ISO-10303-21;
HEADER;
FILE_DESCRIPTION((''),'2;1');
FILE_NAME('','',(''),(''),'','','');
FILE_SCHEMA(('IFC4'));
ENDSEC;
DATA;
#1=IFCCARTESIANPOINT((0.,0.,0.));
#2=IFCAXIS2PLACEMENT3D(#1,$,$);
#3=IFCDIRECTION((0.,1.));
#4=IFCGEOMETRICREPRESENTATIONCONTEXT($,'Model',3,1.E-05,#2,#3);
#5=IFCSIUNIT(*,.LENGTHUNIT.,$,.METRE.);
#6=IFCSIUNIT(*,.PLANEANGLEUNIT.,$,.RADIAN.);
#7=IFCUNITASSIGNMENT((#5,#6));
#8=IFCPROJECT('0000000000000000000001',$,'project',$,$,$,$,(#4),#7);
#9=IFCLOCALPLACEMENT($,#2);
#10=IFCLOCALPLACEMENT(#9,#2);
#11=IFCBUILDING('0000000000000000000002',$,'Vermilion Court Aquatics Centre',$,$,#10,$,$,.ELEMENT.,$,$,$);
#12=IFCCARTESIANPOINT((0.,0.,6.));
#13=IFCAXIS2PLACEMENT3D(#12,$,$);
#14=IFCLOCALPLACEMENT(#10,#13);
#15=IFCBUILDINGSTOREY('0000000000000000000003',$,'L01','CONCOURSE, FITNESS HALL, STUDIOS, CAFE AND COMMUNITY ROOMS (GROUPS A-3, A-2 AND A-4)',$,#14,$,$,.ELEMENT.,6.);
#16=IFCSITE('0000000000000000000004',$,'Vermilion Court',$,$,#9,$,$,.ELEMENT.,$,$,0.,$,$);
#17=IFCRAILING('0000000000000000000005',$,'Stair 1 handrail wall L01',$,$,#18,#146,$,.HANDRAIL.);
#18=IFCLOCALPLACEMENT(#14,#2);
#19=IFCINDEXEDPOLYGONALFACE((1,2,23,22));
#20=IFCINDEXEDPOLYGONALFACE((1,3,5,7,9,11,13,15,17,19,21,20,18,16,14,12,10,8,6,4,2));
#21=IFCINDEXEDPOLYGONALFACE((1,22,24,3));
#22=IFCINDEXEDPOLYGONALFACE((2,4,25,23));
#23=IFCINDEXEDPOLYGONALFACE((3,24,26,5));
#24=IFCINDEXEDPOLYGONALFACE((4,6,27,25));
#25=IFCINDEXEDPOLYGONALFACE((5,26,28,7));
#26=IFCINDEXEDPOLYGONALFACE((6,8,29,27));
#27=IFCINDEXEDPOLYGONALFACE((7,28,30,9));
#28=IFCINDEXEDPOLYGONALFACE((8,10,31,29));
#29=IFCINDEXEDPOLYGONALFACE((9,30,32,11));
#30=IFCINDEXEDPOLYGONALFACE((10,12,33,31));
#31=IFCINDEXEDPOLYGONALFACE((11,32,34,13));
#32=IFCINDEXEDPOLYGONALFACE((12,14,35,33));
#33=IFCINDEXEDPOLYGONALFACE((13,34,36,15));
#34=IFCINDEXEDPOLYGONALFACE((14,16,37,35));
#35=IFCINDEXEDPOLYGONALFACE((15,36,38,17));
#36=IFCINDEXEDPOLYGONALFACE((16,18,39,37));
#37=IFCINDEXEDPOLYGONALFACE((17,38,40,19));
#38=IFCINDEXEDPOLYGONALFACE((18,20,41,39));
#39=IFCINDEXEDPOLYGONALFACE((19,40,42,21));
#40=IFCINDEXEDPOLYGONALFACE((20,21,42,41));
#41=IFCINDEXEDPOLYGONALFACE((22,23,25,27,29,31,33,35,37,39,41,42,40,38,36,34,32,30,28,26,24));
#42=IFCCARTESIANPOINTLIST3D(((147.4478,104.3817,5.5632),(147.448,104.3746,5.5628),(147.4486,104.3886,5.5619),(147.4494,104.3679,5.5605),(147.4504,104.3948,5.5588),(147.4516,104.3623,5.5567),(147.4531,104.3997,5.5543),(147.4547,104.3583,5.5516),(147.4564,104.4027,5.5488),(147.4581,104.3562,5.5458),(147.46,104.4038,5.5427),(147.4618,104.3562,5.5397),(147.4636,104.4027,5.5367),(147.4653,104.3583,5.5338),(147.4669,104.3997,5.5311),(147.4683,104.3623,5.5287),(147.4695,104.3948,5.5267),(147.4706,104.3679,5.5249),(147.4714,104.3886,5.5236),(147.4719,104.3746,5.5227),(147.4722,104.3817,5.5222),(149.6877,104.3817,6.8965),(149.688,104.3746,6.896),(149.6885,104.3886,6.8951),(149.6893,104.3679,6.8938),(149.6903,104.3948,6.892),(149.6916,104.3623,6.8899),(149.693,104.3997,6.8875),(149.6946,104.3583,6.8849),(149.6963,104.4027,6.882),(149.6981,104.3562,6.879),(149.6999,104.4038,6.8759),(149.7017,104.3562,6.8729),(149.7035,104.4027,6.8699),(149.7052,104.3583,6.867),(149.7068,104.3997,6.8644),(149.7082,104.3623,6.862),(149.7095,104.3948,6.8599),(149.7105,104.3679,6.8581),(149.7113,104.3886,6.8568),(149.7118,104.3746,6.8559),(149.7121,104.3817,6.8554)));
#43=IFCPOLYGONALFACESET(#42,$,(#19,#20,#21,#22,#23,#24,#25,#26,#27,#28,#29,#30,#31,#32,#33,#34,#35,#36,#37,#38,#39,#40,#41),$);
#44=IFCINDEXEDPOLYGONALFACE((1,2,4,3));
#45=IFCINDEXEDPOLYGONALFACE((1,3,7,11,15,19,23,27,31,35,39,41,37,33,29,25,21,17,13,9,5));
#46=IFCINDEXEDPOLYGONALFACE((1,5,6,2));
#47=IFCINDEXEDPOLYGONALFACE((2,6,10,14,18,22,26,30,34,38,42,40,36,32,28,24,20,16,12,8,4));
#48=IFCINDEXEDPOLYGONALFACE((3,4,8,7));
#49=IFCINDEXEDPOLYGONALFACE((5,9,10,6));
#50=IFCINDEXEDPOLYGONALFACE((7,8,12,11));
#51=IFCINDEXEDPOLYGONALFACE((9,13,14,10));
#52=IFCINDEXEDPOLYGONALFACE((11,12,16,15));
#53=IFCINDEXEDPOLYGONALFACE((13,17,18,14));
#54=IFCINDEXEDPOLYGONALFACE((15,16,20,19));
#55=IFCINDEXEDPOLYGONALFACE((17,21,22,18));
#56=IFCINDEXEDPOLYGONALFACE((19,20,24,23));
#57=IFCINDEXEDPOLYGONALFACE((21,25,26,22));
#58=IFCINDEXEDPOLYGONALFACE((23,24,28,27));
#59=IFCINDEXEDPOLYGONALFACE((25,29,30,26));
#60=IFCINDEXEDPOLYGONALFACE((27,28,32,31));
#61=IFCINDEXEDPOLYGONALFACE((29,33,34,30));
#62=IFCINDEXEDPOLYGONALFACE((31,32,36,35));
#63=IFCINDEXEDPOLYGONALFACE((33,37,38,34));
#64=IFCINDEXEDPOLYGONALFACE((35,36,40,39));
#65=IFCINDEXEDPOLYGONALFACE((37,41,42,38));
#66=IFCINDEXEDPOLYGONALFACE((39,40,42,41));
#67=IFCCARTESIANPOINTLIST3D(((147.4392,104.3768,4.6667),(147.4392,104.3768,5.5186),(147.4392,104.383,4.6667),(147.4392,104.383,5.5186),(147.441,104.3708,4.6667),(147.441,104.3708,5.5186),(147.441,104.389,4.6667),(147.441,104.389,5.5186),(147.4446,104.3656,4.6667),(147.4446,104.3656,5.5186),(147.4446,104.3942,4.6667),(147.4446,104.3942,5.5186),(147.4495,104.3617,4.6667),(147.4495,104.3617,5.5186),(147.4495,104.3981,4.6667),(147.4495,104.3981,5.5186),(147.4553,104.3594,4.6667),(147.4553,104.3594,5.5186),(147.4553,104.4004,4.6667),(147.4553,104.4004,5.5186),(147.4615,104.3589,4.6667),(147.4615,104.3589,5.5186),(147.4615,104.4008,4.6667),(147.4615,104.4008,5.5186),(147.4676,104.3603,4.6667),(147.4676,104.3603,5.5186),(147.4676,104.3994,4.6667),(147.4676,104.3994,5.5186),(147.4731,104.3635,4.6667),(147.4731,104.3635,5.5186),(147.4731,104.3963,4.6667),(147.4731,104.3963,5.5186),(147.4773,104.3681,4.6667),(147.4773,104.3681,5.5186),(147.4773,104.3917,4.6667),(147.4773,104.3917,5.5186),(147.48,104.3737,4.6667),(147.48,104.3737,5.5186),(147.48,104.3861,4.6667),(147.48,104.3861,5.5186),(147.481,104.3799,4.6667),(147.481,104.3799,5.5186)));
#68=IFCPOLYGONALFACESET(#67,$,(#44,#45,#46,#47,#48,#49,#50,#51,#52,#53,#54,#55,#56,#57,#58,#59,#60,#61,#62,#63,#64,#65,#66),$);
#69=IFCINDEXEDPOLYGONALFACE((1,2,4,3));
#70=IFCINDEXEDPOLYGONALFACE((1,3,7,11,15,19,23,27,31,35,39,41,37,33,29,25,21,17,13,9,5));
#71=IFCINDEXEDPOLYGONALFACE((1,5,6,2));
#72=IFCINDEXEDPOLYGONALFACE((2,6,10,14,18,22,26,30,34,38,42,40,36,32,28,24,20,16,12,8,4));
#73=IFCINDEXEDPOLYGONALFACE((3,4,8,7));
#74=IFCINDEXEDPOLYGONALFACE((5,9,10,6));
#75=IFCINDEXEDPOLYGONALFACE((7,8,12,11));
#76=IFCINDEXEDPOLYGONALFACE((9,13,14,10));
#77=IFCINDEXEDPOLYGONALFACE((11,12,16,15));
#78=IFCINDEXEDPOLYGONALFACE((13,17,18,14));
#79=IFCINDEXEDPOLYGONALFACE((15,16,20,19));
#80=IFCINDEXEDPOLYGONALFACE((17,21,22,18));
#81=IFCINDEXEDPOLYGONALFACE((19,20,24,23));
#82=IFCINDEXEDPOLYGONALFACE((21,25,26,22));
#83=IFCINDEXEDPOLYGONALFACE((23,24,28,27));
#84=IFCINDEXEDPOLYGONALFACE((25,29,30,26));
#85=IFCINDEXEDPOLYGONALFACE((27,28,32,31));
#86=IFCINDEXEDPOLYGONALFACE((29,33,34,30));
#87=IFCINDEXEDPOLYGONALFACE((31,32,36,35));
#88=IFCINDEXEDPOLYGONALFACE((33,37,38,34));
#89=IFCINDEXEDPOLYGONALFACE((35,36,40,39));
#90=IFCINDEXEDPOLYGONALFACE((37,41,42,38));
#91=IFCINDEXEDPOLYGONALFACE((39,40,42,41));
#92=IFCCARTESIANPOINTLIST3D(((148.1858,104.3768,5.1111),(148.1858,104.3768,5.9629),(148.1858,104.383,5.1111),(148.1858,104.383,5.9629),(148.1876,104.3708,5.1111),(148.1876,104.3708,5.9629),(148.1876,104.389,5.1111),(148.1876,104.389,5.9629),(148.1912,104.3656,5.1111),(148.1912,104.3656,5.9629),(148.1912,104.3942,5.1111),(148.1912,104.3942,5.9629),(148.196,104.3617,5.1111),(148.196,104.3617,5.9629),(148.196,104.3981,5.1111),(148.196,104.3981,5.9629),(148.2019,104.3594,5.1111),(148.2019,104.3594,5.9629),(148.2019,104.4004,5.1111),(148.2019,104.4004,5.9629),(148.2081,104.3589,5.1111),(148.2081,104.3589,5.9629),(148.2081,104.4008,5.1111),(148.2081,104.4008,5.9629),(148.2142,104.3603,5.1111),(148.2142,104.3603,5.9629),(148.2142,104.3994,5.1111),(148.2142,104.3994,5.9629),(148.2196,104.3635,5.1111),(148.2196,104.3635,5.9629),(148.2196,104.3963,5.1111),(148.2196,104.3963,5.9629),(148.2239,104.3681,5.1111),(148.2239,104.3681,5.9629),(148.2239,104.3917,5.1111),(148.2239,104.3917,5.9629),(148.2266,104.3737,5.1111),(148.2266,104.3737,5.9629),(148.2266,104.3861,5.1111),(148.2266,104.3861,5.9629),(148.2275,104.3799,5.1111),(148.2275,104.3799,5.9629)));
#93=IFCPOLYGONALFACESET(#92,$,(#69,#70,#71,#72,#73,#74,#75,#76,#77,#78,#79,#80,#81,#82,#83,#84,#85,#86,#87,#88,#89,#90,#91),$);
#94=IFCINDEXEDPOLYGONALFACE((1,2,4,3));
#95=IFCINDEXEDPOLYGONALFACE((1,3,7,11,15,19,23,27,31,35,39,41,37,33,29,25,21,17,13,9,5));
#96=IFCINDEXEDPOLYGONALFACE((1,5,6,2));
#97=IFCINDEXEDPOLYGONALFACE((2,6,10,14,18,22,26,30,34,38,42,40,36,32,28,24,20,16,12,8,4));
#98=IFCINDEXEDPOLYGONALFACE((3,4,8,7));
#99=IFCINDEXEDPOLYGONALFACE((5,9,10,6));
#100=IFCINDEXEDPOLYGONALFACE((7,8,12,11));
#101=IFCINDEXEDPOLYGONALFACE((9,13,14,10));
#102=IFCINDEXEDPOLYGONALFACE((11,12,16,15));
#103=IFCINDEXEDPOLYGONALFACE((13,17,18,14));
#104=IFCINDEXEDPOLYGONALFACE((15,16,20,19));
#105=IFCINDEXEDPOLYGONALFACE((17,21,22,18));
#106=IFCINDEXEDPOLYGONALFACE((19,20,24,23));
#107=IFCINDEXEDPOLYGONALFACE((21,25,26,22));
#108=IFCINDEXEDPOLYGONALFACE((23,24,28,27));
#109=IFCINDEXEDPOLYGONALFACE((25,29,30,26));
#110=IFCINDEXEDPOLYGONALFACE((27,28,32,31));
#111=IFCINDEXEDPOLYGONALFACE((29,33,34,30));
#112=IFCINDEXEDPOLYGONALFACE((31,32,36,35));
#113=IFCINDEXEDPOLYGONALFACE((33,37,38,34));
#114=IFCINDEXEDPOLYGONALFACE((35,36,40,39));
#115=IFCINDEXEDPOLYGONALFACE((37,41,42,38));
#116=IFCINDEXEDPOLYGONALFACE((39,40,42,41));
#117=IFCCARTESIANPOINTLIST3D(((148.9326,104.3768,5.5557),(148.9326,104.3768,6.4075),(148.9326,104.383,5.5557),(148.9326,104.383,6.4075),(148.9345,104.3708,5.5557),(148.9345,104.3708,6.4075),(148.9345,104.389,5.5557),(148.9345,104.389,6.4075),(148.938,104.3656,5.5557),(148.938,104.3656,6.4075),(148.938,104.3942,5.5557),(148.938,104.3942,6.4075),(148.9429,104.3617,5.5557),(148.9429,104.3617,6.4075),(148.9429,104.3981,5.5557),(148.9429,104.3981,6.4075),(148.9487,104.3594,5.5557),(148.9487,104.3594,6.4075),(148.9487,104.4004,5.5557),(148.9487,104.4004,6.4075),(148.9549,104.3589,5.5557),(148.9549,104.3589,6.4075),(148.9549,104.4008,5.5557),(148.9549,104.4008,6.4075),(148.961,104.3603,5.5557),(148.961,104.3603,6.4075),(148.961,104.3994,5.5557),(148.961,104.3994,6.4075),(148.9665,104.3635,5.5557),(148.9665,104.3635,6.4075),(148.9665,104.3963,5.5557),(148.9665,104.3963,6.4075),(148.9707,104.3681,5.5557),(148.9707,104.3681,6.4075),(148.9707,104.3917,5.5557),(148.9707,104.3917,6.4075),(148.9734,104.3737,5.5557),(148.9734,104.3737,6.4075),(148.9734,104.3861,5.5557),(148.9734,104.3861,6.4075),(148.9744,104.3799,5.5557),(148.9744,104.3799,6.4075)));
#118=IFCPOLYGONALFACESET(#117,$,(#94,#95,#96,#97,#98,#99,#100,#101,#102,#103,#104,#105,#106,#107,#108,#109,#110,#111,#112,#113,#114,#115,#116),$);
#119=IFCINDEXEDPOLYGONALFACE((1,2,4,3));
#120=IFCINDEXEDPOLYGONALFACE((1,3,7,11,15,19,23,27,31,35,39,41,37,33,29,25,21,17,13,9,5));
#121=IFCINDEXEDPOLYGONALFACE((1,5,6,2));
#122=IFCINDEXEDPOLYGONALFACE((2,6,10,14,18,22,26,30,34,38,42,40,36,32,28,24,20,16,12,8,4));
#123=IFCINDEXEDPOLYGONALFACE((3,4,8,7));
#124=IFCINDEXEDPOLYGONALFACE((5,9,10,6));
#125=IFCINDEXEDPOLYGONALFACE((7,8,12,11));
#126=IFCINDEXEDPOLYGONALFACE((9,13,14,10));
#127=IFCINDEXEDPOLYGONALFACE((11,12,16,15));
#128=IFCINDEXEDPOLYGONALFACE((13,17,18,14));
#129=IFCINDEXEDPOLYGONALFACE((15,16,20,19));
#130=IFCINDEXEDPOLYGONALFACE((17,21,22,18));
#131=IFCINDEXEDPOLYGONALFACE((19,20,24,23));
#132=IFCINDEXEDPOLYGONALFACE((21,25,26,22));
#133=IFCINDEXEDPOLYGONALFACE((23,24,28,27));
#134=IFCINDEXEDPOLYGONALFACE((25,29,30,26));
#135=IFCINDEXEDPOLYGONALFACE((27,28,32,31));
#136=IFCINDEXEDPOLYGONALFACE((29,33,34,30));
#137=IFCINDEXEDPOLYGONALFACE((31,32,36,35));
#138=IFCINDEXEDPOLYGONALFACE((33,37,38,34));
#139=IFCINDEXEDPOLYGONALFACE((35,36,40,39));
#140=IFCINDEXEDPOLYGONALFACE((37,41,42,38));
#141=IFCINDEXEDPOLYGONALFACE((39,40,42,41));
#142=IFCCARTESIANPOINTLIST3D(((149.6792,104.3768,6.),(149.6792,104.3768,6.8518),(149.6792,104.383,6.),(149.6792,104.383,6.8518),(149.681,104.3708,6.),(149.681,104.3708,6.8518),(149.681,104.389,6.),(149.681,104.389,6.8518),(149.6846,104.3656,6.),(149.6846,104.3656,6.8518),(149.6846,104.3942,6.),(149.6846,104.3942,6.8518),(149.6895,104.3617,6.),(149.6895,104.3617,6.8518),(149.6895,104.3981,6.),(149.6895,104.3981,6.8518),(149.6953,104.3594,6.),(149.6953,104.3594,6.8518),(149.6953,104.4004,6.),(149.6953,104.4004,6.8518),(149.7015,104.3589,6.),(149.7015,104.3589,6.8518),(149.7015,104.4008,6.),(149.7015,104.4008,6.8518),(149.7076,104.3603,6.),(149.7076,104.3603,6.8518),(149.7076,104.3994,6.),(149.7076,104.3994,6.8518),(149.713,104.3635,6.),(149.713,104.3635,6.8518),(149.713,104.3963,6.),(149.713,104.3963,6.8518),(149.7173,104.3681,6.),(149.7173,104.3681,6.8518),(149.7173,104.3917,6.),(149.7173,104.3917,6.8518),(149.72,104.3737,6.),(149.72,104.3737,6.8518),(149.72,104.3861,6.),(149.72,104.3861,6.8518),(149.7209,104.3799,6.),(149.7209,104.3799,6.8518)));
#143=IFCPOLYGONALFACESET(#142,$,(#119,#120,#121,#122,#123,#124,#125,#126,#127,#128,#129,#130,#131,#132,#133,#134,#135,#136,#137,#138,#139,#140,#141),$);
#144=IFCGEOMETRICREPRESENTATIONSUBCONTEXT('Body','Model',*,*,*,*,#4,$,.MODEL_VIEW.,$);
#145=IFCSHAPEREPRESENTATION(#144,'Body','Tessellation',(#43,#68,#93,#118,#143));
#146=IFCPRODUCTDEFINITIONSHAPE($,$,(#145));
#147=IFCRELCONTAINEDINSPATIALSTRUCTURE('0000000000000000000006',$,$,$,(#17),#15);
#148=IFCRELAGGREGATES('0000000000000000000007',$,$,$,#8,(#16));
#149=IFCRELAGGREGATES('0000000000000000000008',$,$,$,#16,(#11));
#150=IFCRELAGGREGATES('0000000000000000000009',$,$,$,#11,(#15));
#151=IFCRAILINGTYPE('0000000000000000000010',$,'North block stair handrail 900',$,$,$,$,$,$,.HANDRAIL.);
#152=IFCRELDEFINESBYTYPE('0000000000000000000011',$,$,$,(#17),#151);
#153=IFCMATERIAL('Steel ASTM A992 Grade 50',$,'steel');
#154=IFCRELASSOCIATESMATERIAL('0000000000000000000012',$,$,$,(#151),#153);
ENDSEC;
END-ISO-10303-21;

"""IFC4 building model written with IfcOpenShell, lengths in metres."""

from ifc_helpers import new_model, si_unit, direction, frame, origin, origin_2d, place, context, subcontext, project, spatial, circle, extrude, material, type_object, element, save


model = new_model("IFC4")

# Units and contexts
model_context = context("Model", 3, precision=1e-05, world=origin(), true_north=direction((0.0, 1.0)))
body_context = subcontext(model_context, "Body", "Model", "MODEL_VIEW")
ifc_project = project(units=[si_unit("LENGTHUNIT", "METRE"), si_unit("PLANEANGLEUNIT", "RADIAN")], contexts=[model_context])

# Site, building, storey
site_placement = place(None, origin())
site = spatial("IfcSite", under=ifc_project, at=site_placement, Name="Vermilion Court", CompositionType="ELEMENT", RefElevation=0.0)
building_placement = place(site_placement, origin())
building = spatial("IfcBuilding", under=site, at=building_placement, Name="Vermilion Court Aquatics Centre", CompositionType="ELEMENT")
storey_placement = place(building_placement, frame((0.0, 0.0, 6.0)))
storey = spatial("IfcBuildingStorey", under=building, at=storey_placement, Name="L01", Description="CONCOURSE, FITNESS HALL, STUDIOS, CAFE AND COMMUNITY ROOMS (GROUPS A-3, A-2 AND A-4)", CompositionType="ELEMENT", Elevation=6.0)

# Railing
ifc_material_1 = material(Name="Steel ASTM A992 Grade 50", Category="steel")
railing_type = type_object("IfcRailingType", Name="North block stair handrail 900", PredefinedType="HANDRAIL", material=ifc_material_1)
for number, where, name in (
    (1, (147.46, 104.3799, 4.6667), "Stair 1 handrail wall L01"),
):
    element("IfcRailing", number, at=place(storey_placement, frame(where)), inside=storey, type_object=railing_type, Name=name, PredefinedType="HANDRAIL", context=body_context, shape_type="SweptSolid", body=[
        extrude(circle(Radius=0.0239, at=origin_2d()), frame((0.0, 0.0, 0.876), z_axis=(0.859306, 0.0, 0.511462), x_axis=(0.0, 1.0, 0.0)), (0.0, 0.0, 1.0), 2.6067),
        extrude(circle(Radius=0.021, at=origin_2d()), origin(), (0.0, 0.0, 1.0), 0.8518),
        extrude(circle(Radius=0.021, at=origin_2d()), frame((0.7466, 0.0, 0.4443)), (0.0, 0.0, 1.0), 0.8518),
        extrude(circle(Radius=0.021, at=origin_2d()), frame((1.4934, 0.0, 0.8889)), (0.0, 0.0, 1.0), 0.8518),
        extrude(circle(Radius=0.021, at=origin_2d()), frame((2.24, 0.0, 1.3333)), (0.0, 0.0, 1.0), 0.8518),
    ])

save(model, "model.ifc")
